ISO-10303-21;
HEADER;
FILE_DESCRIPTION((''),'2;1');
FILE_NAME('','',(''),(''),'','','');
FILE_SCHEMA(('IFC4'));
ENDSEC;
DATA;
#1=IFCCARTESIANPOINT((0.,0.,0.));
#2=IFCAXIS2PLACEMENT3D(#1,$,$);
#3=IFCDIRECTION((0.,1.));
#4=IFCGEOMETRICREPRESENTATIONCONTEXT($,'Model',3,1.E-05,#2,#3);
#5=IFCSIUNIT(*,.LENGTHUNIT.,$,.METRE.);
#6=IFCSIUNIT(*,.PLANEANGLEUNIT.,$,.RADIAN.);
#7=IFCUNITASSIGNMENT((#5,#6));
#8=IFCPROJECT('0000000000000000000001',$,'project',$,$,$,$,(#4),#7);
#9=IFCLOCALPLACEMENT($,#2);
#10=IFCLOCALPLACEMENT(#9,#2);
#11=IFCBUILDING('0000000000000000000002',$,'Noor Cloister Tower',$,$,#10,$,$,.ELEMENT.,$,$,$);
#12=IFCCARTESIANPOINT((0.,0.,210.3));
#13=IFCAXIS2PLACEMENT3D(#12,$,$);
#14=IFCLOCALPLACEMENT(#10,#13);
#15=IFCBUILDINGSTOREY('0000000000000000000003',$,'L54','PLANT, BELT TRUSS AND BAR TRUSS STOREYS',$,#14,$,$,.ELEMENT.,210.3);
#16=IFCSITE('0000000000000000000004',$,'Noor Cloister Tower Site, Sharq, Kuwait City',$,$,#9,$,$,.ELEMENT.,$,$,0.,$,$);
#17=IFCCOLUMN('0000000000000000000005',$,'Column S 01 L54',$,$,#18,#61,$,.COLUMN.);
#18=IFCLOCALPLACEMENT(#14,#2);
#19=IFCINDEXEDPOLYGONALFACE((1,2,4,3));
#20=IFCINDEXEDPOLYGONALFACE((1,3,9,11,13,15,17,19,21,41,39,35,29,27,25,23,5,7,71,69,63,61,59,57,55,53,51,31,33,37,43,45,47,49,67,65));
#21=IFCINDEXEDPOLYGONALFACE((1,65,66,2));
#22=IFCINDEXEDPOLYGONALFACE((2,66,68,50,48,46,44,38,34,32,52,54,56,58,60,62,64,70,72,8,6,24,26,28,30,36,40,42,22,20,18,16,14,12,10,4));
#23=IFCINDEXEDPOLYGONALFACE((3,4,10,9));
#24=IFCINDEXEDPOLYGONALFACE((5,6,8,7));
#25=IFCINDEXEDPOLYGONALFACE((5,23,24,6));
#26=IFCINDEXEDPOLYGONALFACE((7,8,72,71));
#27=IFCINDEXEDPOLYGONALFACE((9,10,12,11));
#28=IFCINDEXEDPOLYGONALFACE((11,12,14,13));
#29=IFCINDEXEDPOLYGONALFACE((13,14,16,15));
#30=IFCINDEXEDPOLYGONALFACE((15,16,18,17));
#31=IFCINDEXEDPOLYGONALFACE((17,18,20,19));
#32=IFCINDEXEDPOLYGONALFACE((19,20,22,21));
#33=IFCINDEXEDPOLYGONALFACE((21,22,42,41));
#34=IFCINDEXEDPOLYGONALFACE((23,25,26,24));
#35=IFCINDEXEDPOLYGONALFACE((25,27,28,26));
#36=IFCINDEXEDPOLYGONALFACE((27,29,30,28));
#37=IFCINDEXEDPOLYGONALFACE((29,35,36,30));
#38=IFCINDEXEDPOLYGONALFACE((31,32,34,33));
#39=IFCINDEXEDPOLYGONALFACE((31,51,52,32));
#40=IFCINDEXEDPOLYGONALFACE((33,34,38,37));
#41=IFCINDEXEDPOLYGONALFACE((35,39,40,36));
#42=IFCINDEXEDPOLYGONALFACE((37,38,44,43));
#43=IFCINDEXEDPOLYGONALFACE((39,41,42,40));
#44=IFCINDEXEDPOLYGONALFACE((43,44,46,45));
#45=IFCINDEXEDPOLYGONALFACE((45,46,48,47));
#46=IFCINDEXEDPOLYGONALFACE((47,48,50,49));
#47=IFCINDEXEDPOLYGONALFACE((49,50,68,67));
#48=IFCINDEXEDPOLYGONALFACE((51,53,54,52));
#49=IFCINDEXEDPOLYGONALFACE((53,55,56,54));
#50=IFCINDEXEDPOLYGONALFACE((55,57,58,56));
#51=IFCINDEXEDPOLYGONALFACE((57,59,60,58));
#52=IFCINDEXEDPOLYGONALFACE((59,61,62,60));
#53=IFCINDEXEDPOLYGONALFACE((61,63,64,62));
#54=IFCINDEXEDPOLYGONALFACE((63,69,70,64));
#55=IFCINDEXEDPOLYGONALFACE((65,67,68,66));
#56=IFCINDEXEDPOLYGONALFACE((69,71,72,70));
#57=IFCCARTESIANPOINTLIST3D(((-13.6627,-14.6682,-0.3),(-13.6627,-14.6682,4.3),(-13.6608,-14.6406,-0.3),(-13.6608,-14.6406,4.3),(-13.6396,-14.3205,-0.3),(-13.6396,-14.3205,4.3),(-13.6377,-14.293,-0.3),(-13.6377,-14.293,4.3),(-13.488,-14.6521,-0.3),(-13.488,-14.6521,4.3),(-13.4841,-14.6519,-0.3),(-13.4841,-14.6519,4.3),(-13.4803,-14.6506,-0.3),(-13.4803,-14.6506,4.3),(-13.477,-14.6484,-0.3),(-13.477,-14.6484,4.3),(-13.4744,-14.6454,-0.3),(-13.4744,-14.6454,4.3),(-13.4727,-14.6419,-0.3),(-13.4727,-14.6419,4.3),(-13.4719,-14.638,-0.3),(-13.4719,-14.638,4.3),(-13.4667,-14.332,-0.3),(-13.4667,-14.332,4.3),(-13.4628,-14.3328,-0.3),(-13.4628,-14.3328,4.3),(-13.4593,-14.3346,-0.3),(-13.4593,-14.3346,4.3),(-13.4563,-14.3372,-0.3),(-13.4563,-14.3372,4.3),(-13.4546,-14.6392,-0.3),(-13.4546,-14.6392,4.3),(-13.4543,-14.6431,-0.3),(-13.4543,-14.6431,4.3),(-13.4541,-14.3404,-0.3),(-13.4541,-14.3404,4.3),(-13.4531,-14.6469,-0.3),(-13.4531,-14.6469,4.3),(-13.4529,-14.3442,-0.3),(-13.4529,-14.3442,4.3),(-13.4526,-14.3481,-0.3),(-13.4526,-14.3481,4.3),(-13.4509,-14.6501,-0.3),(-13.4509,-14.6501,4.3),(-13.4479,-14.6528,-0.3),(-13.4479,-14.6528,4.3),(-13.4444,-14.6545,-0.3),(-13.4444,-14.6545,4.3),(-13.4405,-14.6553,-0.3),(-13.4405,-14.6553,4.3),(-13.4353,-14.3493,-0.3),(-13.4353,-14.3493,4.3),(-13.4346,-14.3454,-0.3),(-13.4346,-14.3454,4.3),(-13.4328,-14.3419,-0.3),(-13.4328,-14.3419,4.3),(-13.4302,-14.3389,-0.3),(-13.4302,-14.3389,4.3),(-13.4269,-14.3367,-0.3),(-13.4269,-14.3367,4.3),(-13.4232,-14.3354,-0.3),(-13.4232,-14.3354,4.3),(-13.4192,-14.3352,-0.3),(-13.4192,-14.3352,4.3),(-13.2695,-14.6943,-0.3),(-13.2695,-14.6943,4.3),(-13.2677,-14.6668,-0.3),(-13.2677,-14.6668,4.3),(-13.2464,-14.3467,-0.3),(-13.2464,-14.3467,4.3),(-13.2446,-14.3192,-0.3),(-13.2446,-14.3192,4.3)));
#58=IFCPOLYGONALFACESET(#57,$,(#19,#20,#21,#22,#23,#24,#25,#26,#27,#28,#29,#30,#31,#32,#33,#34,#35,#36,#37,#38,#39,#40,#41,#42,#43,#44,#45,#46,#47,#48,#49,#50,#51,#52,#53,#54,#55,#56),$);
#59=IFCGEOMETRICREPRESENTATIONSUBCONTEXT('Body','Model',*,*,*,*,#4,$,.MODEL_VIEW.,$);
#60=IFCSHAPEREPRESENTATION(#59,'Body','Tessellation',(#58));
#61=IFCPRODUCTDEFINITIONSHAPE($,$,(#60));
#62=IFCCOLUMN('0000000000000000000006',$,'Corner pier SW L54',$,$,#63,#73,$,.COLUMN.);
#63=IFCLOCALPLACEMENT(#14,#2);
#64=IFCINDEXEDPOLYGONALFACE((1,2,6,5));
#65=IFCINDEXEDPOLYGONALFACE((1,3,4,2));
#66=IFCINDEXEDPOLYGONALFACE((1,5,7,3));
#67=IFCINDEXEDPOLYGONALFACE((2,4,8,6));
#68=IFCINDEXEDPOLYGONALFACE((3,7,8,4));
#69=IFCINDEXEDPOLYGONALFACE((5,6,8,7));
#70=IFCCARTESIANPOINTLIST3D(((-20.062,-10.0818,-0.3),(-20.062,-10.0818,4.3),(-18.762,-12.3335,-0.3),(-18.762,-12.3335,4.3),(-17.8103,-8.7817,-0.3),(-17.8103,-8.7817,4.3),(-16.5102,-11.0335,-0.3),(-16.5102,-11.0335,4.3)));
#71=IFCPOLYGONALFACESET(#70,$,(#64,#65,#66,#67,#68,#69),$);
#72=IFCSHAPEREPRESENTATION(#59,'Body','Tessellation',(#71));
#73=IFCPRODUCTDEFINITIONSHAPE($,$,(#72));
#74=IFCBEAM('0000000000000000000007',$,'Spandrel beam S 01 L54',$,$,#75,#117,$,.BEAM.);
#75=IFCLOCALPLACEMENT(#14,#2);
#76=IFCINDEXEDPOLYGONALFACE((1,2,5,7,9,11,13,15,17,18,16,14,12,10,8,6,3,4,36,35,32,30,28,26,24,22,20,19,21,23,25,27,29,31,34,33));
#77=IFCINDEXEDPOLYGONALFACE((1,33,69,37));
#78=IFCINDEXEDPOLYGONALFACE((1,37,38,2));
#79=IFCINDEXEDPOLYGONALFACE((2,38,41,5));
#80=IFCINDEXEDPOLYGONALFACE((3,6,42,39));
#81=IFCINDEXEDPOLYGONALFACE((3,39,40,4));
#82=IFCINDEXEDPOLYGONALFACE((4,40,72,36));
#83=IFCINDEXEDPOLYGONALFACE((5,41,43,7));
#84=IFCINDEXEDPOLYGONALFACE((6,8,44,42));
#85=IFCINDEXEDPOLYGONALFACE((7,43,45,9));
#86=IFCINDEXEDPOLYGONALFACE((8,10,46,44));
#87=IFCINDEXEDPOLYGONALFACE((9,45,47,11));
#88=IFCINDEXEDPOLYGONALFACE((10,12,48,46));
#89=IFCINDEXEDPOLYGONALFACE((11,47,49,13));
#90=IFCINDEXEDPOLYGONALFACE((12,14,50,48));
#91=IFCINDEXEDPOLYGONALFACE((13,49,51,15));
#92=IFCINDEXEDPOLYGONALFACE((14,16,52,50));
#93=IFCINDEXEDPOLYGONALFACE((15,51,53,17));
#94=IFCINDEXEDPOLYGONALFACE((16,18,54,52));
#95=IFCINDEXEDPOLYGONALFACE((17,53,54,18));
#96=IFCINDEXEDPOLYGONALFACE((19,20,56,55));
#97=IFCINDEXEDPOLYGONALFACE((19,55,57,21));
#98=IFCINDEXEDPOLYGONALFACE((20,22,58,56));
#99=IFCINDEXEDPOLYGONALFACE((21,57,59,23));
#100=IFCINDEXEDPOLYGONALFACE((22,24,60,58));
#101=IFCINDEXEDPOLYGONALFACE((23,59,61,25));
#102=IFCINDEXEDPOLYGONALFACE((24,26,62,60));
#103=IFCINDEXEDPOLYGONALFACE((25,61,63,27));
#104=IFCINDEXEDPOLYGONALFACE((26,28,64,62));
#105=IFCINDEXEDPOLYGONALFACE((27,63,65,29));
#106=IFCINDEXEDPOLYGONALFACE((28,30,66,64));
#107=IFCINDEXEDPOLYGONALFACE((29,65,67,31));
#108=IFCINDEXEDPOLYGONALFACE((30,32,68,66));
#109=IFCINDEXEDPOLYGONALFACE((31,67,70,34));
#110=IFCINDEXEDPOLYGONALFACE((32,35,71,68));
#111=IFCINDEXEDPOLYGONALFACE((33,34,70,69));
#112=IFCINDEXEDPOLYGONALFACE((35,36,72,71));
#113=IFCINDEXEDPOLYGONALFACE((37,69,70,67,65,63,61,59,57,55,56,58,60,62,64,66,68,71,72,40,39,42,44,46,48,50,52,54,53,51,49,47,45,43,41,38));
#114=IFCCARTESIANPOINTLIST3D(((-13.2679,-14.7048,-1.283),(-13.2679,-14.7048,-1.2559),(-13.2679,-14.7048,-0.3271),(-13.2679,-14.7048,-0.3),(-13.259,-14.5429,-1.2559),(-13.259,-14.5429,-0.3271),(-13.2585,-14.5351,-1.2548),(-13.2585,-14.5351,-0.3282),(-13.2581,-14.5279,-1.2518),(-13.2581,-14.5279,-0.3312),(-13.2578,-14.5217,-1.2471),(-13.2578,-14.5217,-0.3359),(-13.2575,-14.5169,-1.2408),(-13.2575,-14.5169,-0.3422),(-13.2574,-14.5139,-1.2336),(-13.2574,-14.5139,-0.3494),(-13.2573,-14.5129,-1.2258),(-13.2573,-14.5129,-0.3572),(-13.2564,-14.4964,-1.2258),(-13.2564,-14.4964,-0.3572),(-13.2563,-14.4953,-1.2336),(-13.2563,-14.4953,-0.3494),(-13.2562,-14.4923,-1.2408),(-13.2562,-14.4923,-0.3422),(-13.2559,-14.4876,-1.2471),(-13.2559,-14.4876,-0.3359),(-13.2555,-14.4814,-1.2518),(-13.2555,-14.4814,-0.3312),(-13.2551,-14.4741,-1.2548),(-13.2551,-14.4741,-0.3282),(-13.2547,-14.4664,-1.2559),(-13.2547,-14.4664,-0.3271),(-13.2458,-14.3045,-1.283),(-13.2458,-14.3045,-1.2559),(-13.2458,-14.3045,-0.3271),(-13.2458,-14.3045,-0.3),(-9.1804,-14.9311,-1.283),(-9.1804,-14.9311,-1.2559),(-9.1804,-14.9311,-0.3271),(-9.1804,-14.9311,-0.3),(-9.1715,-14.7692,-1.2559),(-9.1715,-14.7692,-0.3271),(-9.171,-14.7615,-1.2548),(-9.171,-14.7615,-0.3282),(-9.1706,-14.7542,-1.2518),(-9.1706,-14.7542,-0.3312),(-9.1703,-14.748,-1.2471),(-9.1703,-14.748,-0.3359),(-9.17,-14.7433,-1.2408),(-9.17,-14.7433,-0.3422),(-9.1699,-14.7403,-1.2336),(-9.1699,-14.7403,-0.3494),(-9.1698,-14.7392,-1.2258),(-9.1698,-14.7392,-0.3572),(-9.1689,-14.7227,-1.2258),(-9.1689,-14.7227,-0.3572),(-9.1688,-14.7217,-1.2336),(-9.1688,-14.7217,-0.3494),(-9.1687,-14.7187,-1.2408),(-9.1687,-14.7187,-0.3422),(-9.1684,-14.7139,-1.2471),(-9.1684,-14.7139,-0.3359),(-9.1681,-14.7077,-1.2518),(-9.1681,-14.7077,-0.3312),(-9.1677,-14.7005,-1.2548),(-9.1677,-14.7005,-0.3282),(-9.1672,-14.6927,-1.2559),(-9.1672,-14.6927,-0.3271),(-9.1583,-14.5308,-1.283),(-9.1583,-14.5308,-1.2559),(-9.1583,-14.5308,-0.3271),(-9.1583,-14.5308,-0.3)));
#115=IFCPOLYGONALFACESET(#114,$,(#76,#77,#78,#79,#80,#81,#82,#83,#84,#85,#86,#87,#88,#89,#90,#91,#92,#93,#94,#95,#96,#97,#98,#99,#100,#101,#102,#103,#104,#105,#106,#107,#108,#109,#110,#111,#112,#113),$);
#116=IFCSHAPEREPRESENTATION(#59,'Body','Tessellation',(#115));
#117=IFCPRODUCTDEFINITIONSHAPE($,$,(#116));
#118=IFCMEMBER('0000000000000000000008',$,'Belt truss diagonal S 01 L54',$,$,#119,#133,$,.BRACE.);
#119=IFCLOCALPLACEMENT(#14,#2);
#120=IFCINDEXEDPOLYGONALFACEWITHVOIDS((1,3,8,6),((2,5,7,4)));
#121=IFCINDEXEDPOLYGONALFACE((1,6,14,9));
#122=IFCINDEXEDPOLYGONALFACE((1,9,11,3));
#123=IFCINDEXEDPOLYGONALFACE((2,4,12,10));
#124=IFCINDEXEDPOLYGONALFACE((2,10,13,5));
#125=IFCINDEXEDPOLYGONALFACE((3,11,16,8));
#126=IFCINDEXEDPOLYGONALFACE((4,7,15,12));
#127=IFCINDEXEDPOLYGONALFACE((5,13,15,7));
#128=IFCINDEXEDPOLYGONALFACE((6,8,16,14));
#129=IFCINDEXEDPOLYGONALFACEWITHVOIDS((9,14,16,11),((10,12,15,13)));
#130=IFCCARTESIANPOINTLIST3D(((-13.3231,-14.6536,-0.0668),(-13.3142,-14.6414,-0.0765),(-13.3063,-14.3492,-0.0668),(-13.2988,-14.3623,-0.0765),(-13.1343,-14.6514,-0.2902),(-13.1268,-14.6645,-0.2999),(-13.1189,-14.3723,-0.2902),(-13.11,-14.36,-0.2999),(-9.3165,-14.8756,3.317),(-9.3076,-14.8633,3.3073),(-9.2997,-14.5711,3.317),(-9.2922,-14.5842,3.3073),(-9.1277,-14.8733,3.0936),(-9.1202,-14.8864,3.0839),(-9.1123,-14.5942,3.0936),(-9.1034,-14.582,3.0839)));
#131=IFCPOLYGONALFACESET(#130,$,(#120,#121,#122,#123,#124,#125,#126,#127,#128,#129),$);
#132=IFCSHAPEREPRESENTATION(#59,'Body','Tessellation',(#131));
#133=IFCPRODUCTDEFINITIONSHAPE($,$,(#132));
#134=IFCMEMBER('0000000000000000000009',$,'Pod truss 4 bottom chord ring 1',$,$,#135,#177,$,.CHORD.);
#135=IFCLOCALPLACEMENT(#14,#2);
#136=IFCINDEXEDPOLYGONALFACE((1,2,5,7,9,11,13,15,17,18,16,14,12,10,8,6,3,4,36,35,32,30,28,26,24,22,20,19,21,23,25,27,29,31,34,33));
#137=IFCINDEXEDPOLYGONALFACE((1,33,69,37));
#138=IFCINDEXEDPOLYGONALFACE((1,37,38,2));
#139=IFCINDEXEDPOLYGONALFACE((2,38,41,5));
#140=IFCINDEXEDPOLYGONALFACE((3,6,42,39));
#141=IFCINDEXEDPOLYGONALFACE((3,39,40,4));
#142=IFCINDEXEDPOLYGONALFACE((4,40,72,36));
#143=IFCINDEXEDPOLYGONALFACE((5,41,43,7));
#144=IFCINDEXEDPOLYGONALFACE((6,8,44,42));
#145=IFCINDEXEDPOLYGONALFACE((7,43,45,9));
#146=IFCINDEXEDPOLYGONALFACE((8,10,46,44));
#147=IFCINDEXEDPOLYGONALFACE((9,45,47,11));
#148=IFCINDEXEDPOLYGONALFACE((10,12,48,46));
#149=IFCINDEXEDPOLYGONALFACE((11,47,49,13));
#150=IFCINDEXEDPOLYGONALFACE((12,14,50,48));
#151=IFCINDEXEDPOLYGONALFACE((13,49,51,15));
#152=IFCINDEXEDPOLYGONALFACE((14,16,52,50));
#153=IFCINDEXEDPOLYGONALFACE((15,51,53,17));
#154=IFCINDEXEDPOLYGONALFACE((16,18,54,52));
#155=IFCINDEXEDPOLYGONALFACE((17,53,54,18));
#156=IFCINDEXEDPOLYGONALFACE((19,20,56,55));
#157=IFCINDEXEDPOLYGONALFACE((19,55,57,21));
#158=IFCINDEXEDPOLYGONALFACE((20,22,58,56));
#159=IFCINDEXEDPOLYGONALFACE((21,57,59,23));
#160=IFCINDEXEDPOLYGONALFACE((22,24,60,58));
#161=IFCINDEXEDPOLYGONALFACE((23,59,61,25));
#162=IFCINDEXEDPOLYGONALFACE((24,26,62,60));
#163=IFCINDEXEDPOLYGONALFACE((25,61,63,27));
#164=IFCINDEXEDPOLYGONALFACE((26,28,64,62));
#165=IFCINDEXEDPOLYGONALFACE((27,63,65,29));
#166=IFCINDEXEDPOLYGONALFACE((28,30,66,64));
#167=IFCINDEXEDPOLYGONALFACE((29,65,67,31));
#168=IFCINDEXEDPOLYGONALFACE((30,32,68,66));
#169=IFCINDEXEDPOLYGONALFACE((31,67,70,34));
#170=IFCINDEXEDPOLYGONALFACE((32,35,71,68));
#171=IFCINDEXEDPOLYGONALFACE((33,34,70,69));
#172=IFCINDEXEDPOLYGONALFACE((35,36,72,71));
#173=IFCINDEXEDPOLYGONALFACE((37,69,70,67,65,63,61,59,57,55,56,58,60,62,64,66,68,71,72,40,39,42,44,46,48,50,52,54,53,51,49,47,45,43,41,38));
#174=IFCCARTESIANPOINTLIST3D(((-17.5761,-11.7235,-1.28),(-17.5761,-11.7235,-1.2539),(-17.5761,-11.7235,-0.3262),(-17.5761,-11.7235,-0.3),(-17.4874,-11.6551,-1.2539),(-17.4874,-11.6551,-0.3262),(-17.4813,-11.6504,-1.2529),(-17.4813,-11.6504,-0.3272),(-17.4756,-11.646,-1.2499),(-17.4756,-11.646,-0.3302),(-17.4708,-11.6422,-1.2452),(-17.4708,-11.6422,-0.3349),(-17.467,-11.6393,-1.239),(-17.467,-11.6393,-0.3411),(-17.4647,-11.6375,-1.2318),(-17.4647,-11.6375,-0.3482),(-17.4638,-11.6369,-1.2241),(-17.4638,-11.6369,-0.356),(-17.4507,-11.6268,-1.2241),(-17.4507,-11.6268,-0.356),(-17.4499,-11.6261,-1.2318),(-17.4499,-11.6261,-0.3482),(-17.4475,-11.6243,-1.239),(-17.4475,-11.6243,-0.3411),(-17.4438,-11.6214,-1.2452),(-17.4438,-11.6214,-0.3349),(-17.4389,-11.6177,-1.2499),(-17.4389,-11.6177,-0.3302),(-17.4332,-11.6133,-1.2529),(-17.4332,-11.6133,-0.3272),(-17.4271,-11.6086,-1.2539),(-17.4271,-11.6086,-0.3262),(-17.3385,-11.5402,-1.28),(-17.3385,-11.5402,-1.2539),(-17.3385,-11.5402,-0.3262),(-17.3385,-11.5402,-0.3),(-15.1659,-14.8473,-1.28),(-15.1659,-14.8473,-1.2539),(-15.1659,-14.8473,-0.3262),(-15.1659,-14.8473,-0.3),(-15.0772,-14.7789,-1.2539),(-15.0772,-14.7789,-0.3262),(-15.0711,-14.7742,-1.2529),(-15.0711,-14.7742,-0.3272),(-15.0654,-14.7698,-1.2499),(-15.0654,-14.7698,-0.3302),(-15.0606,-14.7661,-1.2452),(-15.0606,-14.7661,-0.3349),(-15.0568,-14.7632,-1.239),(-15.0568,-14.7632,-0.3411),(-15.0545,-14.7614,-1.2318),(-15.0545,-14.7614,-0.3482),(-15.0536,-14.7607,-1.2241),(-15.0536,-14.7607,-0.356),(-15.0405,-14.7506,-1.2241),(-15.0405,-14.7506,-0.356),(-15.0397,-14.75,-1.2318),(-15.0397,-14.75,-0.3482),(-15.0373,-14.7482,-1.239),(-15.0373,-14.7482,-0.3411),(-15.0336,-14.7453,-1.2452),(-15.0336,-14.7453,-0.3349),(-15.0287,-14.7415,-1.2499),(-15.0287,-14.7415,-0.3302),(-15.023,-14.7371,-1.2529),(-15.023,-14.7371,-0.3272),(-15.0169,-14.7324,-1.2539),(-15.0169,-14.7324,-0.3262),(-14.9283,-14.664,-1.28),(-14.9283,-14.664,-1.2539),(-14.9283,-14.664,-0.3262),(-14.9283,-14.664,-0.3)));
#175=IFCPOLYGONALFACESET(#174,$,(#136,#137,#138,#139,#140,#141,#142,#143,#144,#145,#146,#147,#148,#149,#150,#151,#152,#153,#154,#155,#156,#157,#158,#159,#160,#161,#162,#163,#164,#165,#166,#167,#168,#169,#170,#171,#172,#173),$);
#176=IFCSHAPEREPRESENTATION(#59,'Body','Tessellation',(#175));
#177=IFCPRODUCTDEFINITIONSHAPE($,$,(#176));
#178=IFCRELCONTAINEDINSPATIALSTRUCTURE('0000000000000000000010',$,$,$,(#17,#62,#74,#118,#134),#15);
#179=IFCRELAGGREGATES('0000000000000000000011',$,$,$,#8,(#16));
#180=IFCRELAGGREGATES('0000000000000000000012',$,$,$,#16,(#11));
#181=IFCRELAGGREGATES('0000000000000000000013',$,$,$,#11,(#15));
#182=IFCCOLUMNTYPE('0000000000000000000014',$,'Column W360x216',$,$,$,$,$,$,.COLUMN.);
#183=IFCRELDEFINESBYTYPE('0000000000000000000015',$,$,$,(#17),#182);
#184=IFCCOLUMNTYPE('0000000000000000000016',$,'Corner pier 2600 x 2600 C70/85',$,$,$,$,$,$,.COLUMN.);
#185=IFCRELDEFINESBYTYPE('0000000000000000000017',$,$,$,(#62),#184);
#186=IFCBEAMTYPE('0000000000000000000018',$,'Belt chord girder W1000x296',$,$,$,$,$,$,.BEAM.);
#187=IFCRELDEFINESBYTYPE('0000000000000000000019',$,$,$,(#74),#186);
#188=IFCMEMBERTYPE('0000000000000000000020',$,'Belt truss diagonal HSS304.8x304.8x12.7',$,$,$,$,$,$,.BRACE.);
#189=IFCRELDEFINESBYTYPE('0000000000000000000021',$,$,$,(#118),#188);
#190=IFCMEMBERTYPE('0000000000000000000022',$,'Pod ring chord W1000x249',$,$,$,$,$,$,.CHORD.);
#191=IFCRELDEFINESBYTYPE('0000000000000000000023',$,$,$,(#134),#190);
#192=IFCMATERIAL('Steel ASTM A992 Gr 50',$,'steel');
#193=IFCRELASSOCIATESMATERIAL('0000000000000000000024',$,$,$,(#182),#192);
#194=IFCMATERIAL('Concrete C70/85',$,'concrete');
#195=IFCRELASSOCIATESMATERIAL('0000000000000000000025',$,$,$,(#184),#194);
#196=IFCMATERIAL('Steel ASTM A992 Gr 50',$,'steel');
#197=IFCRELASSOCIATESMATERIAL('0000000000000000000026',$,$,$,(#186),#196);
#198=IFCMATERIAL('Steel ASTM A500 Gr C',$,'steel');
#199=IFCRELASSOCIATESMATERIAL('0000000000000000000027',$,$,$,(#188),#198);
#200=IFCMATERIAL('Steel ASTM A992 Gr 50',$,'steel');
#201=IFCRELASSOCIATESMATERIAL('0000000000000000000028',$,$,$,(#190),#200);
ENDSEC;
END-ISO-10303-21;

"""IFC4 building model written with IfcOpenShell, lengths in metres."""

from ifc_helpers import new_model, si_unit, direction, frame, origin, origin_2d, place, context, subcontext, project, spatial, rectangle, hollow_rectangle, i_section, extrude, material, material_profile, profile_set, type_object, element, save


model = new_model("IFC4")

# Units and contexts
model_context = context("Model", 3, precision=1e-05, world=origin(), true_north=direction((0.0, 1.0)))
body_context = subcontext(model_context, "Body", "Model", "MODEL_VIEW")
ifc_project = project(units=[si_unit("LENGTHUNIT", "METRE"), si_unit("PLANEANGLEUNIT", "RADIAN")], contexts=[model_context])

# Site, building, storey
site_placement = place(None, origin())
site = spatial("IfcSite", under=ifc_project, at=site_placement, Name="Noor Cloister Tower Site, Sharq, Kuwait City", CompositionType="ELEMENT", RefElevation=0.0)
building_placement = place(site_placement, origin())
building = spatial("IfcBuilding", under=site, at=building_placement, Name="Noor Cloister Tower", CompositionType="ELEMENT")
storey_placement = place(building_placement, frame((0.0, 0.0, 210.3)))
storey = spatial("IfcBuildingStorey", under=building, at=storey_placement, Name="L54", Description="PLANT, BELT TRUSS AND BAR TRUSS STOREYS", CompositionType="ELEMENT", Elevation=210.3)

# Columns
ifc_material_1 = material(Name="Steel ASTM A992 Gr 50", Category="steel")
ifc_material_profile_1 = material_profile(ifc_material_1, i_section(OverallWidth=0.394, OverallDepth=0.376, WebThickness=0.0173, FlangeThickness=0.0276, FilletRadius=0.0151, at=origin_2d()), Name="W360x216")
ifc_profile_set_1 = profile_set([ifc_material_profile_1], Name="Steel ASTM A992 Gr 50")
column_type_1 = type_object("IfcColumnType", Name="Column W360x216", PredefinedType="COLUMN", material=ifc_profile_set_1)
column_1_placement = place(storey_placement, frame((-13.4536, -14.4937, -0.3), z_axis=(0.0, 0.0, 1.0), x_axis=(0.997796, -0.066352, 0.0)))
element("IfcColumn", 1, at=column_1_placement, inside=storey, type_object=column_type_1, Name="Column S 01 L54", PredefinedType="COLUMN", context=body_context, shape_type="SweptSolid", body=[
    extrude(i_section(OverallWidth=0.394, OverallDepth=0.376, WebThickness=0.0173, FlangeThickness=0.0276, FilletRadius=0.0151, at=origin_2d()), origin(), (0.0, 0.0, 1.0), 4.6001),
])
ifc_material_2 = material(Name="Concrete C70/85", Category="concrete")
ifc_material_profile_2 = material_profile(ifc_material_2, rectangle(XDim=2.6001, YDim=2.6001, at=origin_2d()), Name="RC 2600x2600")
ifc_profile_set_2 = profile_set([ifc_material_profile_2], Name="Concrete C70/85")
column_type_2 = type_object("IfcColumnType", Name="Corner pier 2600 x 2600 C70/85", PredefinedType="COLUMN", material=ifc_profile_set_2)
column_2_placement = place(storey_placement, frame((-18.2861, -10.5576, -0.3), z_axis=(0.0, 0.0, 1.0), x_axis=(-0.866025, -0.5, 0.0)))
element("IfcColumn", 2, at=column_2_placement, inside=storey, type_object=column_type_2, Name="Corner pier SW L54", PredefinedType="COLUMN", context=body_context, shape_type="SweptSolid", body=[
    extrude(rectangle(XDim=2.6001, YDim=2.6001, at=origin_2d()), origin(), (0.0, 0.0, 1.0), 4.6001),
])

# Beam
ifc_material_3 = material(Name="Steel ASTM A992 Gr 50", Category="steel")
ifc_material_profile_3 = material_profile(ifc_material_3, i_section(OverallWidth=0.4009, OverallDepth=0.9829, WebThickness=0.0166, FlangeThickness=0.0271, FilletRadius=0.03, at=origin_2d()), Name="W1000x296")
ifc_profile_set_3 = profile_set([ifc_material_profile_3], Name="Steel ASTM A992 Gr 50")
beam_type = type_object("IfcBeamType", Name="Belt chord girder W1000x296", PredefinedType="BEAM", material=ifc_profile_set_3)
beam_placement = place(storey_placement, frame((-13.2568, -14.5046, -0.7915), z_axis=(0.998471, -0.055285, 0.0), x_axis=(0.055285, 0.998471, 0.0)))
element("IfcBeam", 3, at=beam_placement, inside=storey, type_object=beam_type, Name="Spandrel beam S 01 L54", PredefinedType="BEAM", context=body_context, shape_type="SweptSolid", body=[
    extrude(i_section(OverallWidth=0.4009, OverallDepth=0.9829, WebThickness=0.0166, FlangeThickness=0.0271, FilletRadius=0.03, at=origin_2d()), origin(), (0.0, 0.0, 1.0), 4.0938),
])

# Members
ifc_material_4 = material(Name="Steel ASTM A500 Gr C", Category="steel")
ifc_material_profile_4 = material_profile(ifc_material_4, hollow_rectangle(XDim=0.3049, YDim=0.3049, WallThickness=0.0127, at=origin_2d()), Name="HSS304.8x304.8x12.7")
ifc_profile_set_4 = profile_set([ifc_material_profile_4], Name="Steel ASTM A500 Gr C")
member_type_1 = type_object("IfcMemberType", Name="Belt truss diagonal HSS304.8x304.8x12.7", PredefinedType="BRACE", material=ifc_profile_set_4)
member_1_placement = place(storey_placement, frame((-13.2166, -14.5068, -0.1833), z_axis=(0.763305, -0.042279, 0.644653), x_axis=(0.055305, 0.99847, 0.0)))
element("IfcMember", 4, at=member_1_placement, inside=storey, type_object=member_type_1, Name="Belt truss diagonal S 01 L54", PredefinedType="BRACE", context=body_context, shape_type="SweptSolid", body=[
    extrude(hollow_rectangle(XDim=0.3049, YDim=0.3049, WallThickness=0.0127, at=origin_2d()), origin(), (0.0, 0.0, 1.0), 5.249),
])
ifc_material_5 = material(Name="Steel ASTM A992 Gr 50", Category="steel")
ifc_material_profile_5 = material_profile(ifc_material_5, i_section(OverallWidth=0.3, OverallDepth=0.98, WebThickness=0.0166, FlangeThickness=0.0261, FilletRadius=0.0298, at=origin_2d()), Name="W1000x249")
ifc_profile_set_5 = profile_set([ifc_material_profile_5], Name="Steel ASTM A992 Gr 50")
member_type_2 = type_object("IfcMemberType", Name="Pod ring chord W1000x249", PredefinedType="CHORD", material=ifc_profile_set_5)
member_2_placement = place(storey_placement, frame((-17.4573, -11.6318, -0.79), z_axis=(0.610864, -0.791735, 0.0), x_axis=(0.791735, 0.610864, 0.0)))
element("IfcMember", 5, at=member_2_placement, inside=storey, type_object=member_type_2, Name="Pod truss 4 bottom chord ring 1", PredefinedType="CHORD", context=body_context, shape_type="SweptSolid", body=[
    extrude(i_section(OverallWidth=0.3, OverallDepth=0.98, WebThickness=0.0166, FlangeThickness=0.0261, FilletRadius=0.0298, at=origin_2d()), origin(), (0.0, 0.0, 1.0), 3.9456),
])

save(model, "model.ifc")
